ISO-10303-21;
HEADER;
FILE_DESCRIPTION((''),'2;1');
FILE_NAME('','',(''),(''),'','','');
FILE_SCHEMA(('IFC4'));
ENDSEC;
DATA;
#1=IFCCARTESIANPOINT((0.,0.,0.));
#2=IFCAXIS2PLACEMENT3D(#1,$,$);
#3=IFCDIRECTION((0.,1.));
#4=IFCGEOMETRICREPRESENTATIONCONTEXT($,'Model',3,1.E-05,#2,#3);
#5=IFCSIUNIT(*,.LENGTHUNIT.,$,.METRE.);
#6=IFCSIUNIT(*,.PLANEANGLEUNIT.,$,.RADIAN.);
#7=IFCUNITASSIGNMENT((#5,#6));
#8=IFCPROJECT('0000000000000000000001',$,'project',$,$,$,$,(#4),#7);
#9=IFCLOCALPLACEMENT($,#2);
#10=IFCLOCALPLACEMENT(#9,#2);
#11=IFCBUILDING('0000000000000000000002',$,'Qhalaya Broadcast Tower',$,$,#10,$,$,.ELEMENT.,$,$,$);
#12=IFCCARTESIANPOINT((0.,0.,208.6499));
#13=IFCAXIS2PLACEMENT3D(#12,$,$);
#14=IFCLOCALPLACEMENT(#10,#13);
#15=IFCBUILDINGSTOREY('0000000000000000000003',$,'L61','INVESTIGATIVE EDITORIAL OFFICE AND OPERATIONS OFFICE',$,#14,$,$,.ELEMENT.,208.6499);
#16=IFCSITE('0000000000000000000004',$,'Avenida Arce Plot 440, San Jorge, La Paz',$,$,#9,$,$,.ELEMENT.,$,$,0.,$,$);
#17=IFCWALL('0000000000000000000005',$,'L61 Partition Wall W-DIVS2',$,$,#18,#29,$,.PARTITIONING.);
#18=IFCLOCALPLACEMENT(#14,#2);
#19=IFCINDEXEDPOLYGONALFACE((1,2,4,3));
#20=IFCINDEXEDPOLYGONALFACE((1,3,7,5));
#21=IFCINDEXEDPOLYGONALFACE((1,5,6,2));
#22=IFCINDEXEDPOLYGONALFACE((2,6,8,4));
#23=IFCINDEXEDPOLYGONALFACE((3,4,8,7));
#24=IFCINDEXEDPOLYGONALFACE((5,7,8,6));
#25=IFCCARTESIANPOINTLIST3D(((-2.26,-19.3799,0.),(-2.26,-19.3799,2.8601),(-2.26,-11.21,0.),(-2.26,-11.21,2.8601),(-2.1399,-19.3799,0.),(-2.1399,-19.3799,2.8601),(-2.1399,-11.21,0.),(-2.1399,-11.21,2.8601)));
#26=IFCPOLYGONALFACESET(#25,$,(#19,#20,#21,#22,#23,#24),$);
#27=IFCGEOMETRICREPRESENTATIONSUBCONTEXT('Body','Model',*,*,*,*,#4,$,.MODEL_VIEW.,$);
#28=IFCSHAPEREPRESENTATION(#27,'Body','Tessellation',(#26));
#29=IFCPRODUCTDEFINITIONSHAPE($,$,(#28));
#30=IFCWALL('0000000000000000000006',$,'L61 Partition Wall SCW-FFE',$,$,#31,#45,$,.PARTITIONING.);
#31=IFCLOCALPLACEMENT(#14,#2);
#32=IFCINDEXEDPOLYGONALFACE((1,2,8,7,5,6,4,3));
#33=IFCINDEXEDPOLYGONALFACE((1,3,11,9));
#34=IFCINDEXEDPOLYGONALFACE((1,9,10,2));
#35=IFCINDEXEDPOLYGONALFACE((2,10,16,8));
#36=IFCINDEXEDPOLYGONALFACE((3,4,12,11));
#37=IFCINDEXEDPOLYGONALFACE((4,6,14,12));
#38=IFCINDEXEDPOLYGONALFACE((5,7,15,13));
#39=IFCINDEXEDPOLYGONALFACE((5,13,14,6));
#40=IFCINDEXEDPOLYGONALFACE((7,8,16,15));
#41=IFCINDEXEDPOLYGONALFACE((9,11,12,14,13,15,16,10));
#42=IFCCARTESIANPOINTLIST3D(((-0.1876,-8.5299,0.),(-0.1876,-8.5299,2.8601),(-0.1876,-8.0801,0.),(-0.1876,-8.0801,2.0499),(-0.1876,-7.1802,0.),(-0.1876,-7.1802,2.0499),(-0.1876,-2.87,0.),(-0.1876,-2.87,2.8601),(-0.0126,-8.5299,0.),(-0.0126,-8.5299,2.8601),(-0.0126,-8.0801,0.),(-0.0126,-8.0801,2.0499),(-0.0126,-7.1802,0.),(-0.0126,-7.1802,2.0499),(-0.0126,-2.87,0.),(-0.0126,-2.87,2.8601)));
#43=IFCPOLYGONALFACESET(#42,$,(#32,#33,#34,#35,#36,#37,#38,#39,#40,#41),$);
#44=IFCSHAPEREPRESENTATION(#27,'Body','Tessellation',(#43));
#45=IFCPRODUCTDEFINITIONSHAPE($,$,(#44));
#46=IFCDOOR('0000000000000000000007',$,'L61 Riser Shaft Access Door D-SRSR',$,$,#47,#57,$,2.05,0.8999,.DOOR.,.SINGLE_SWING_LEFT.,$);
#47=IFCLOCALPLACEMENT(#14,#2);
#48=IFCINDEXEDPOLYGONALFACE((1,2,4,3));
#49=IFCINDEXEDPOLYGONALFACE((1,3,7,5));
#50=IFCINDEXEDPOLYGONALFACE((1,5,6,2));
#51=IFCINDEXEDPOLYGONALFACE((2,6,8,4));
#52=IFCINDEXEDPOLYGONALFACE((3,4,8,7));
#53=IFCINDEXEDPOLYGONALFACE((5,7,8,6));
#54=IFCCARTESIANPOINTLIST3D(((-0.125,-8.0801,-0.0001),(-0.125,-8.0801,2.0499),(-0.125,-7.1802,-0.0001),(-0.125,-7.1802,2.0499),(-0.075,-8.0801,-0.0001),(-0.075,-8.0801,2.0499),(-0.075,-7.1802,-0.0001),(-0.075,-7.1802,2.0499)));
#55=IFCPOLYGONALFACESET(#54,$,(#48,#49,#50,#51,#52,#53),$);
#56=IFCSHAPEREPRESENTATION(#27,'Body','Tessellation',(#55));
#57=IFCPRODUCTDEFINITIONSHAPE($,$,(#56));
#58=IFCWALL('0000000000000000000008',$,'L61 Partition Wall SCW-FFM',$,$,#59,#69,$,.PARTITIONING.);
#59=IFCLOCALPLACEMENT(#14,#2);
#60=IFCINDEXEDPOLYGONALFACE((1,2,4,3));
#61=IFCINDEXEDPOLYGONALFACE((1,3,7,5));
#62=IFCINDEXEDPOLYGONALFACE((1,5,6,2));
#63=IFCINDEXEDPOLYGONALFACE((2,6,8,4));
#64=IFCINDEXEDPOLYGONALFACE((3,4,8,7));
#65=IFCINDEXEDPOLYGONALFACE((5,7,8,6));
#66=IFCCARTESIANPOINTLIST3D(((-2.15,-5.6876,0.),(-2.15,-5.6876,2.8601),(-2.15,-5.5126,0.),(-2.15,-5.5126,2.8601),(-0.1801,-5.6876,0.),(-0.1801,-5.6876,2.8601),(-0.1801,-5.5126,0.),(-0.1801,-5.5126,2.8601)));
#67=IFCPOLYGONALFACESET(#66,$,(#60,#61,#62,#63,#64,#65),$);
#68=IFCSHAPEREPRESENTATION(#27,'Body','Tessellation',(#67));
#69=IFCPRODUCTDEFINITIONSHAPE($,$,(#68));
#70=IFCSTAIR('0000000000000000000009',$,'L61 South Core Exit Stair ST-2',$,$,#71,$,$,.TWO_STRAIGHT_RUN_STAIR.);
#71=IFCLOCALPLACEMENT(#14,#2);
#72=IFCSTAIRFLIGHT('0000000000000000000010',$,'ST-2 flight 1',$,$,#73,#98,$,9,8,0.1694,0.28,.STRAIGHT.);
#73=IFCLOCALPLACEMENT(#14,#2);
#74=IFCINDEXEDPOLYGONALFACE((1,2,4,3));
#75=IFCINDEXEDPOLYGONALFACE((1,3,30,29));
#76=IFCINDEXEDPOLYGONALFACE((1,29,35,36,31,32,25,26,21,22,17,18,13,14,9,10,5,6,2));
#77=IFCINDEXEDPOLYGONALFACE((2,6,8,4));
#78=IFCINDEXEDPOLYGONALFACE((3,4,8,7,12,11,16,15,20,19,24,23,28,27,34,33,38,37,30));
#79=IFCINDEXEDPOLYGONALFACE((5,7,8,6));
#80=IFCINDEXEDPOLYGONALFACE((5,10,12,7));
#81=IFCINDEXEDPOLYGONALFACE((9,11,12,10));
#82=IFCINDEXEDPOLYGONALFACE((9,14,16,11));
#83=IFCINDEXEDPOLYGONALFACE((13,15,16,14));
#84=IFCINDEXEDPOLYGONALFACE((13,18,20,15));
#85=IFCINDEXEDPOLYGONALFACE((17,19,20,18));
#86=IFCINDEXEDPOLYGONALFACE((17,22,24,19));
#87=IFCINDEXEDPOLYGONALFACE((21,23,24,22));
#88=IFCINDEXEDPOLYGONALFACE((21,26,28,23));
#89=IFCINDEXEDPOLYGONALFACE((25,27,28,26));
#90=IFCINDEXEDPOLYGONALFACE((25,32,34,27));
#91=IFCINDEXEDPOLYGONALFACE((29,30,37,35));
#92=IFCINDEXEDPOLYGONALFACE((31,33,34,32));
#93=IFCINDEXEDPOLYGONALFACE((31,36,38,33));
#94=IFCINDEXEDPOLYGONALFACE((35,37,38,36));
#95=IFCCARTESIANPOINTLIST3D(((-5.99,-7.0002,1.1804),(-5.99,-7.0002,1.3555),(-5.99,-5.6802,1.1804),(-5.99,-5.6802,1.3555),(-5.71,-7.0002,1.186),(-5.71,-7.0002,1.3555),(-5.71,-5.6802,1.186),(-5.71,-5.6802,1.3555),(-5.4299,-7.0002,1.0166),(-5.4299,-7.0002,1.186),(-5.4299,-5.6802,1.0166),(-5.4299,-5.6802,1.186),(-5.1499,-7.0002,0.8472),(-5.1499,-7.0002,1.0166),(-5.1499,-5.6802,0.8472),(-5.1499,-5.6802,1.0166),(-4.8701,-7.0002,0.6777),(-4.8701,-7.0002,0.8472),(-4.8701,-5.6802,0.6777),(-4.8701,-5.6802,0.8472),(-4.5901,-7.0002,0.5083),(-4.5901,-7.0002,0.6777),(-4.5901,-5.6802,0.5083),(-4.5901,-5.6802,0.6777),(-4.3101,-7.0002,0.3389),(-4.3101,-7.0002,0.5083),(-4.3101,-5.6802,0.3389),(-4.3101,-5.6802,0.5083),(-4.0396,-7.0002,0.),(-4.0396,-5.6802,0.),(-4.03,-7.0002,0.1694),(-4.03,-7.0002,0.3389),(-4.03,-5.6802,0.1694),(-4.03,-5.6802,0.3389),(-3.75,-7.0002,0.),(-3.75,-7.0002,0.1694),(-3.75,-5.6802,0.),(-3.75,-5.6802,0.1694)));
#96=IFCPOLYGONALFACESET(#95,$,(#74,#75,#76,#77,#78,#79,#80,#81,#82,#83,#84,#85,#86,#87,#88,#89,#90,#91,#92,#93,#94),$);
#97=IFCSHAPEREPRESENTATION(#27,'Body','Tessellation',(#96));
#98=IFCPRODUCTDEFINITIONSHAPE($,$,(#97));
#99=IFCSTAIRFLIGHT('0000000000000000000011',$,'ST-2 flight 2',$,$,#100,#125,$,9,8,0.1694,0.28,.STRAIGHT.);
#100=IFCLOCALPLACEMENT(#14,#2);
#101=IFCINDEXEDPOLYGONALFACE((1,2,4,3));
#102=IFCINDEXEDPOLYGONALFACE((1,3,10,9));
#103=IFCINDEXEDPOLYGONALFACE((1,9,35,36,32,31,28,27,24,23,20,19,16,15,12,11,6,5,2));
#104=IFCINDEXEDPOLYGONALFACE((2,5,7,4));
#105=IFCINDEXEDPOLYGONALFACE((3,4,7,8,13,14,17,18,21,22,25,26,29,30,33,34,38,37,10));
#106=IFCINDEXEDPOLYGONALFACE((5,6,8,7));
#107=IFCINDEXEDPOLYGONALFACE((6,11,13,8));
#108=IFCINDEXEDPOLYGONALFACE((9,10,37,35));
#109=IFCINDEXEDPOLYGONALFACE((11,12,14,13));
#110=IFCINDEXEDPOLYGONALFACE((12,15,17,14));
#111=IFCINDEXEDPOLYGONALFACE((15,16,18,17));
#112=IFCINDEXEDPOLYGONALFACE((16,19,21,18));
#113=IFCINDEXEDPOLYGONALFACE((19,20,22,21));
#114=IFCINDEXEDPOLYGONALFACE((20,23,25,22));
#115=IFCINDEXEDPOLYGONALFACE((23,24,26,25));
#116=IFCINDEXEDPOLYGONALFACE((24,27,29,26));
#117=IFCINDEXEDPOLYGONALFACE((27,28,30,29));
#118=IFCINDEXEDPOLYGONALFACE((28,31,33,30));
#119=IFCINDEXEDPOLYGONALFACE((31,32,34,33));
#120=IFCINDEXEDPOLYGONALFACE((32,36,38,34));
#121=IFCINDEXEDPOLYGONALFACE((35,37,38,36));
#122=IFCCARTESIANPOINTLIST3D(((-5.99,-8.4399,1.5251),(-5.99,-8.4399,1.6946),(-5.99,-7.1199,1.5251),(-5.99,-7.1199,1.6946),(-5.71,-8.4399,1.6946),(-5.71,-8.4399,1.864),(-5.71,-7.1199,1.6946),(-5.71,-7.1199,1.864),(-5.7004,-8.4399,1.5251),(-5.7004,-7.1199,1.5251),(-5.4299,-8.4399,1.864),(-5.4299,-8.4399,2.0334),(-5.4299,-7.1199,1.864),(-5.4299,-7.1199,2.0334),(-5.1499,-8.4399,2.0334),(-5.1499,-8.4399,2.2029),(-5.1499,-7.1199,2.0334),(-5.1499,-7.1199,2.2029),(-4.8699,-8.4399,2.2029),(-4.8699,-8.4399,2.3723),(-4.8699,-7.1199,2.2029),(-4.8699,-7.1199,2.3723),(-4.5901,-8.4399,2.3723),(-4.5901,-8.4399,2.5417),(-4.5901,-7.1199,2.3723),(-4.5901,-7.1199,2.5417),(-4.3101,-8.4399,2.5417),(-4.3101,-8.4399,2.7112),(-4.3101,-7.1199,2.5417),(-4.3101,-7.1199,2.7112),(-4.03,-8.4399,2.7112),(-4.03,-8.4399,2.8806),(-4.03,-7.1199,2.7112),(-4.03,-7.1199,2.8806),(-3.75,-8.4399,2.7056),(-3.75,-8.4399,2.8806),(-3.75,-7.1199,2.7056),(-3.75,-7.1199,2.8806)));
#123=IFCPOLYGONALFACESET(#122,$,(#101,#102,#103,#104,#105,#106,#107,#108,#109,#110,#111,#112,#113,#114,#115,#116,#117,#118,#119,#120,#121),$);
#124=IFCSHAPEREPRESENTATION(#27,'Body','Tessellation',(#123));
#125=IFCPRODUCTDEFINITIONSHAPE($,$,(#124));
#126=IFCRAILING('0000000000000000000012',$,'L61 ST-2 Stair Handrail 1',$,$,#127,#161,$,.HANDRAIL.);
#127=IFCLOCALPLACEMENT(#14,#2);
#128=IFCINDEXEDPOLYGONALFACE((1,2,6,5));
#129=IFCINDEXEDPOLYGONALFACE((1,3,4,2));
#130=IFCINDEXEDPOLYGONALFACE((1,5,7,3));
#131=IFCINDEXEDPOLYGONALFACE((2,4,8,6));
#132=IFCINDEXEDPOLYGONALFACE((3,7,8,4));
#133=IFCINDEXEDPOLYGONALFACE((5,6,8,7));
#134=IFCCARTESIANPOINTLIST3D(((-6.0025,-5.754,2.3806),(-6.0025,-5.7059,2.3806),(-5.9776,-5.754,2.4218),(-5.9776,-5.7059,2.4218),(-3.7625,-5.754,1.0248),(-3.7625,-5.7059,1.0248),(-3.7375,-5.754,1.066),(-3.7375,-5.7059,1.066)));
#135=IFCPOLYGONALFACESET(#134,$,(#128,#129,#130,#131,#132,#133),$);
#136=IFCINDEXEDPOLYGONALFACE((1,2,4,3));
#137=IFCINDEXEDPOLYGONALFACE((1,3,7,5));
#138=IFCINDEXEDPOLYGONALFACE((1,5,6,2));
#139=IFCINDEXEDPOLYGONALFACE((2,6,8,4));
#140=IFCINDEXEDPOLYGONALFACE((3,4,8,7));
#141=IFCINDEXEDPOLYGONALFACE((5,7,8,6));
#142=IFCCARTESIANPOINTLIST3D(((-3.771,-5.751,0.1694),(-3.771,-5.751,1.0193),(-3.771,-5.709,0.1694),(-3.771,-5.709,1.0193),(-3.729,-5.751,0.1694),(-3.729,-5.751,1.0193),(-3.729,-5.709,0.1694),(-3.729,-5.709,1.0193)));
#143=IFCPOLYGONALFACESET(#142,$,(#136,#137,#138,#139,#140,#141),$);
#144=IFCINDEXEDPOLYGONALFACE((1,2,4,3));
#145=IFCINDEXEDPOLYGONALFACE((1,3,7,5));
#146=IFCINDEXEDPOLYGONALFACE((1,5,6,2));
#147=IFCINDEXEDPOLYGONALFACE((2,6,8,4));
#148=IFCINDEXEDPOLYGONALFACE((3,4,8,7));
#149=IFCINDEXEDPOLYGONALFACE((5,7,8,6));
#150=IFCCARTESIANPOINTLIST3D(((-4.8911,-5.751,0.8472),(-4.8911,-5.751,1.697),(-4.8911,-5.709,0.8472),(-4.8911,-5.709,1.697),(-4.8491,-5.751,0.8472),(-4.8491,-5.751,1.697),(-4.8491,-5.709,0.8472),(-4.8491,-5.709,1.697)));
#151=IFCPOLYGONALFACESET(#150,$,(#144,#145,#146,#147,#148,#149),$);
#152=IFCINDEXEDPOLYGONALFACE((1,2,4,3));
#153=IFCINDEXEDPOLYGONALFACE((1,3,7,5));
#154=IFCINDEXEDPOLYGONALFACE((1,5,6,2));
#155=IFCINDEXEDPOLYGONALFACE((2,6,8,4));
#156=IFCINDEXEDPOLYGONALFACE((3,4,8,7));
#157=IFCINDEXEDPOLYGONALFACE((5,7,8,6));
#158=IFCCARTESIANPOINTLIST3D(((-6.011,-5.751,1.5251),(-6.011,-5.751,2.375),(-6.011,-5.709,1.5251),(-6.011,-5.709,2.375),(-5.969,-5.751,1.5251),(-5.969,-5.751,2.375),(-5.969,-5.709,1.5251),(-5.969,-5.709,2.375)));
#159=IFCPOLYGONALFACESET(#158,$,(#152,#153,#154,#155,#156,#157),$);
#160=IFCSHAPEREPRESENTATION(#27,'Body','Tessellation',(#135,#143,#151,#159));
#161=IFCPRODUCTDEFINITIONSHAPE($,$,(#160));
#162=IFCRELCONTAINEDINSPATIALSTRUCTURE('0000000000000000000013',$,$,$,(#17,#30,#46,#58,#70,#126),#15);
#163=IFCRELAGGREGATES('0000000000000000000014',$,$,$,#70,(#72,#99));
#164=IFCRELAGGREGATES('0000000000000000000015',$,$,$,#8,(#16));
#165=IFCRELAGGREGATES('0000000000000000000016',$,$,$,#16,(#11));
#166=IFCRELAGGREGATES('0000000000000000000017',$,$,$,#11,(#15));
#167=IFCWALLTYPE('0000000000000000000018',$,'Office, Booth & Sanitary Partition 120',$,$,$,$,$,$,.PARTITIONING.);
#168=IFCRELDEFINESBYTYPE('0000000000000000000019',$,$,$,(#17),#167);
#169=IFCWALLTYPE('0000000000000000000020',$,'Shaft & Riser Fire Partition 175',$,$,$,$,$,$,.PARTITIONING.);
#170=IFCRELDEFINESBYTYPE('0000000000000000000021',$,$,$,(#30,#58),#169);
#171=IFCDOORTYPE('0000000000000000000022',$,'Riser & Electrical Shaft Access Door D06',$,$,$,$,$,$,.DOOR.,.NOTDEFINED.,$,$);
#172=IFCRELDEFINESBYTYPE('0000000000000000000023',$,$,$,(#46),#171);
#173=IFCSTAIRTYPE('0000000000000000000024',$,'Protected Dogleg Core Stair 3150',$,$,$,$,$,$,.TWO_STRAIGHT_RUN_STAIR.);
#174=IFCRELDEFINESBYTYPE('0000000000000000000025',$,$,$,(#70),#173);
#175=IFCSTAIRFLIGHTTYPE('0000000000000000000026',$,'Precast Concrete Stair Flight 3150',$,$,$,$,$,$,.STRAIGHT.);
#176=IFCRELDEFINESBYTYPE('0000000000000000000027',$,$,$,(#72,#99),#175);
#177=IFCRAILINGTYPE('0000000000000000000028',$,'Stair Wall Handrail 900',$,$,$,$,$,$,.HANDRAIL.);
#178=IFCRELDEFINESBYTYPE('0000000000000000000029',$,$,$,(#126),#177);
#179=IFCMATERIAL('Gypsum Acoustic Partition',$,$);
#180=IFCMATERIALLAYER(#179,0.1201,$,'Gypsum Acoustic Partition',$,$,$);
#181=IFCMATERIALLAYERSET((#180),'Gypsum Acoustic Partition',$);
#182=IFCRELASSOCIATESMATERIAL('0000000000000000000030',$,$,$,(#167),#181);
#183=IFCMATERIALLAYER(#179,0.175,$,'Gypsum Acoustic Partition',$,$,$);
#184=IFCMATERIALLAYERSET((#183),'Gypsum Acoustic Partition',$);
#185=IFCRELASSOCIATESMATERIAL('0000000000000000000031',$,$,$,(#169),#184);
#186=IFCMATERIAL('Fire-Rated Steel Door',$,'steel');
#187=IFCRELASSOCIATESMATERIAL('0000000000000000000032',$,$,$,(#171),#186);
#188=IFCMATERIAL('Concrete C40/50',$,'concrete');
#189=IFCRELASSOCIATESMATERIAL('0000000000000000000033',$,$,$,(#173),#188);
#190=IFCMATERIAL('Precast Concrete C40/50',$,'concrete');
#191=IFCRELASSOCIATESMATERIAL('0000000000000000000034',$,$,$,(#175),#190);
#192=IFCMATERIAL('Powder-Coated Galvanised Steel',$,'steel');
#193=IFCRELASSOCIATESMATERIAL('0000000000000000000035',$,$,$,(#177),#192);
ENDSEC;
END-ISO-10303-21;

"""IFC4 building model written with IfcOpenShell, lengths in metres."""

from ifc_helpers import new_model, si_unit, direction, frame, frame_2d, origin, origin_2d, place, context, subcontext, project, spatial, polyline, rectangle, outline, extrude, material, layer, layer_set, type_object, element, fill, aggregate, save


model = new_model("IFC4")

# Units and contexts
model_context = context("Model", 3, precision=1e-05, world=origin(), true_north=direction((0.0, 1.0)))
body_context = subcontext(model_context, "Body", "Model", "MODEL_VIEW")
ifc_project = project(units=[si_unit("LENGTHUNIT", "METRE"), si_unit("PLANEANGLEUNIT", "RADIAN")], contexts=[model_context])

# Site, building, storey
site_placement = place(None, origin())
site = spatial("IfcSite", under=ifc_project, at=site_placement, Name="Avenida Arce Plot 440, San Jorge, La Paz", CompositionType="ELEMENT", RefElevation=0.0)
building_placement = place(site_placement, origin())
building = spatial("IfcBuilding", under=site, at=building_placement, Name="Qhalaya Broadcast Tower", CompositionType="ELEMENT")
storey_placement = place(building_placement, frame((0.0, 0.0, 208.6499)))
storey = spatial("IfcBuildingStorey", under=building, at=storey_placement, Name="L61", Description="INVESTIGATIVE EDITORIAL OFFICE AND OPERATIONS OFFICE", CompositionType="ELEMENT", Elevation=208.6499)

# Shared definitions
ifc_material_1 = material(Name="Gypsum Acoustic Partition")

# Shared definitions
ifc_material_2 = material(Name="Precast Concrete C40/50", Category="concrete")

# Wall
ifc_layer_1 = layer(ifc_material_1, 0.1201, Name="Gypsum Acoustic Partition")
ifc_layer_set_1 = layer_set([ifc_layer_1], Name="Gypsum Acoustic Partition")
wall_type_1 = type_object("IfcWallType", Name="Office, Booth & Sanitary Partition 120", PredefinedType="PARTITIONING", material=ifc_layer_set_1)
for number, where, z_axis, x_axis, name in (
    (1, (-2.2, -19.3799, 0.0), (0.0, 0.0, 1.0), (0.0, 1.0, 0.0), "L61 Partition Wall W-DIVS2"),
):
    element("IfcWall", number, at=place(storey_placement, frame(where, z_axis=z_axis, x_axis=x_axis)), inside=storey, type_object=wall_type_1, Name=name, PredefinedType="PARTITIONING", context=body_context, shape_type="SweptSolid", body=[
        extrude(rectangle(XDim=8.1699, YDim=0.1201, at=frame_2d((4.085, 0.0))), origin(), (0.0, 0.0, 1.0), 2.8601),
    ])

# Wall, opening, door
ifc_layer_2 = layer(ifc_material_1, 0.175, Name="Gypsum Acoustic Partition")
ifc_layer_set_2 = layer_set([ifc_layer_2], Name="Gypsum Acoustic Partition")
wall_type_2 = type_object("IfcWallType", Name="Shaft & Riser Fire Partition 175", PredefinedType="PARTITIONING", material=ifc_layer_set_2)
wall_1_placement = place(storey_placement, frame((-0.1001, -8.53, 0.0), z_axis=(0.0, 0.0, 1.0), x_axis=(0.0, 1.0, 0.0)))
wall_1 = element("IfcWall", 2, at=wall_1_placement, inside=storey, type_object=wall_type_2, Name="L61 Partition Wall SCW-FFE", PredefinedType="PARTITIONING", context=body_context, shape_type="SweptSolid", body=[
    extrude(rectangle(XDim=5.6599, YDim=0.175, at=frame_2d((2.8301, 0.0))), origin(), (0.0, 0.0, 1.0), 2.8601),
])
opening_1_placement = place(wall_1_placement, frame((0.45, 0.0, 0.0)))
opening_1 = element("IfcOpeningElement", 3, at=opening_1_placement, cuts=wall_1, PredefinedType="OPENING", context=body_context, shape_type="SweptSolid", body=[
    extrude(rectangle(XDim=0.8999, YDim=2.05, at=frame_2d((0.45, 1.0249))), frame((0.0, 0.0996, 0.0), z_axis=(0.0, -1.0, 0.0), x_axis=(1.0, 0.0, 0.0)), (0.0, 0.0, 1.0), 0.199),
])
ifc_material_3 = material(Name="Fire-Rated Steel Door", Category="steel")
door_type_1 = type_object("IfcDoorType", Name="Riser & Electrical Shaft Access Door D06", OperationType="NOTDEFINED", PredefinedType="DOOR", material=ifc_material_3)
door_1_placement = place(opening_1_placement, origin())
door_1 = element("IfcDoor", 4, at=door_1_placement, inside=storey, type_object=door_type_1, Name="L61 Riser Shaft Access Door D-SRSR", OperationType="SINGLE_SWING_LEFT", OverallHeight=2.05, OverallWidth=0.8999, PredefinedType="DOOR", context=body_context, shape_type="SweptSolid", body=[
    extrude(rectangle(XDim=0.8999, YDim=2.05, at=frame_2d((0.45, 1.0249))), frame((0.0, 0.0249, 0.0), z_axis=(0.0, -1.0, 0.0), x_axis=(1.0, 0.0, 0.0)), (0.0, 0.0, 1.0), 0.05),
])
fill(opening_1, door_1)

# Wall
wall_2_placement = place(storey_placement, frame((-2.1499, -5.6001, 0.0), z_axis=(0.0, 0.0, 1.0), x_axis=(1.0, 0.0, 0.0)))
element("IfcWall", 5, at=wall_2_placement, inside=storey, type_object=wall_type_2, Name="L61 Partition Wall SCW-FFM", PredefinedType="PARTITIONING", context=body_context, shape_type="SweptSolid", body=[
    extrude(rectangle(XDim=1.97, YDim=0.175, at=frame_2d((0.9849, 0.0))), origin(), (0.0, 0.0, 1.0), 2.8601),
])

# Stair, stair flights
ifc_material_4 = material(Name="Concrete C40/50", Category="concrete")
stair_type = type_object("IfcStairType", Name="Protected Dogleg Core Stair 3150", PredefinedType="TWO_STRAIGHT_RUN_STAIR", material=ifc_material_4)
stair_placement = place(storey_placement, origin())
stair = element("IfcStair", 6, at=stair_placement, inside=storey, type_object=stair_type, Name="L61 South Core Exit Stair ST-2", PredefinedType="TWO_STRAIGHT_RUN_STAIR")
stair_flight_type = type_object("IfcStairFlightType", Name="Precast Concrete Stair Flight 3150", PredefinedType="STRAIGHT", material=ifc_material_2)
stair_flight_1_placement = place(storey_placement, frame((-3.75, -6.3401, 0.0), z_axis=(0.0, 0.0, 1.0), x_axis=(-1.0, 0.0, 0.0)))
stair_flight_1 = element("IfcStairFlight", 7, at=stair_flight_1_placement, type_object=stair_flight_type, Name="ST-2 flight 1", NumberOfRisers=9, NumberOfTreads=8, PredefinedType="STRAIGHT", RiserHeight=0.1694, TreadLength=0.28, context=body_context, shape_type="SweptSolid", body=[
    extrude(outline(polyline([(0.0, 0.0), (0.0, 0.1694), (0.28, 0.1694), (0.28, 0.3389), (0.5601, 0.3389), (0.5601, 0.5083), (0.8401, 0.5083), (0.8401, 0.6777), (1.1201, 0.6777), (1.1201, 0.8472), (1.3999, 0.8472), (1.3999, 1.0166), (1.6799, 1.0166), (1.6799, 1.186), (1.96, 1.186), (1.96, 1.3555), (2.24, 1.3555), (2.24, 1.5249), (2.24, 1.1804), (0.2896, 0.0), (0.0, 0.0)])), frame((0.0, 0.6602, 0.0), z_axis=(0.0, -1.0, 0.0), x_axis=(1.0, 0.0, 0.0)), (0.0, 0.0, 1.0), 1.3201),
])
stair_flight_2_placement = place(storey_placement, frame((-5.99, -7.78, 1.5251), z_axis=(0.0, 0.0, 1.0), x_axis=(1.0, 0.0, 0.0)))
stair_flight_2 = element("IfcStairFlight", 8, at=stair_flight_2_placement, type_object=stair_flight_type, Name="ST-2 flight 2", NumberOfRisers=9, NumberOfTreads=8, PredefinedType="STRAIGHT", RiserHeight=0.1694, TreadLength=0.28, context=body_context, shape_type="SweptSolid", body=[
    extrude(outline(polyline([(0.0, 0.0), (0.0, 0.1694), (0.28, 0.1694), (0.28, 0.3389), (0.5601, 0.3389), (0.5601, 0.5083), (0.8401, 0.5083), (0.8401, 0.6777), (1.1201, 0.6777), (1.1201, 0.8472), (1.3999, 0.8472), (1.3999, 1.0166), (1.6799, 1.0166), (1.6799, 1.186), (1.96, 1.186), (1.96, 1.3555), (2.24, 1.3555), (2.24, 1.5249), (2.24, 1.1804), (0.2896, 0.0), (0.0, 0.0)])), frame((0.0, 0.6602, 0.0), z_axis=(0.0, -1.0, 0.0), x_axis=(1.0, 0.0, 0.0)), (0.0, 0.0, 1.0), 1.3201),
])
aggregate(stair, [stair_flight_1, stair_flight_2])

# Railing
ifc_material_5 = material(Name="Powder-Coated Galvanised Steel", Category="steel")
railing_type_1 = type_object("IfcRailingType", Name="Stair Wall Handrail 900", PredefinedType="HANDRAIL", material=ifc_material_5)
railing_1_placement = place(storey_placement, frame((-3.75, -5.73, 0.1694)))
element("IfcRailing", 9, at=railing_1_placement, inside=storey, type_object=railing_type_1, Name="L61 ST-2 Stair Handrail 1", PredefinedType="HANDRAIL", context=body_context, shape_type="SweptSolid", body=[
    extrude(rectangle(XDim=0.0481, YDim=0.0481, at=origin_2d()), frame((0.0, 0.0, 0.876), z_axis=(-0.855512, 0.0, 0.517783), x_axis=(0.0, -1.0, 0.0)), (0.0, 0.0, 1.0), 2.6184),
    extrude(rectangle(XDim=0.042, YDim=0.042, at=origin_2d()), origin(), (0.0, 0.0, 1.0), 0.8499),
    extrude(rectangle(XDim=0.042, YDim=0.042, at=origin_2d()), frame((-1.1201, 0.0, 0.6777)), (0.0, 0.0, 1.0), 0.8499),
    extrude(rectangle(XDim=0.042, YDim=0.042, at=origin_2d()), frame((-2.24, 0.0, 1.3557)), (0.0, 0.0, 1.0), 0.8499),
])

save(model, "model.ifc")
